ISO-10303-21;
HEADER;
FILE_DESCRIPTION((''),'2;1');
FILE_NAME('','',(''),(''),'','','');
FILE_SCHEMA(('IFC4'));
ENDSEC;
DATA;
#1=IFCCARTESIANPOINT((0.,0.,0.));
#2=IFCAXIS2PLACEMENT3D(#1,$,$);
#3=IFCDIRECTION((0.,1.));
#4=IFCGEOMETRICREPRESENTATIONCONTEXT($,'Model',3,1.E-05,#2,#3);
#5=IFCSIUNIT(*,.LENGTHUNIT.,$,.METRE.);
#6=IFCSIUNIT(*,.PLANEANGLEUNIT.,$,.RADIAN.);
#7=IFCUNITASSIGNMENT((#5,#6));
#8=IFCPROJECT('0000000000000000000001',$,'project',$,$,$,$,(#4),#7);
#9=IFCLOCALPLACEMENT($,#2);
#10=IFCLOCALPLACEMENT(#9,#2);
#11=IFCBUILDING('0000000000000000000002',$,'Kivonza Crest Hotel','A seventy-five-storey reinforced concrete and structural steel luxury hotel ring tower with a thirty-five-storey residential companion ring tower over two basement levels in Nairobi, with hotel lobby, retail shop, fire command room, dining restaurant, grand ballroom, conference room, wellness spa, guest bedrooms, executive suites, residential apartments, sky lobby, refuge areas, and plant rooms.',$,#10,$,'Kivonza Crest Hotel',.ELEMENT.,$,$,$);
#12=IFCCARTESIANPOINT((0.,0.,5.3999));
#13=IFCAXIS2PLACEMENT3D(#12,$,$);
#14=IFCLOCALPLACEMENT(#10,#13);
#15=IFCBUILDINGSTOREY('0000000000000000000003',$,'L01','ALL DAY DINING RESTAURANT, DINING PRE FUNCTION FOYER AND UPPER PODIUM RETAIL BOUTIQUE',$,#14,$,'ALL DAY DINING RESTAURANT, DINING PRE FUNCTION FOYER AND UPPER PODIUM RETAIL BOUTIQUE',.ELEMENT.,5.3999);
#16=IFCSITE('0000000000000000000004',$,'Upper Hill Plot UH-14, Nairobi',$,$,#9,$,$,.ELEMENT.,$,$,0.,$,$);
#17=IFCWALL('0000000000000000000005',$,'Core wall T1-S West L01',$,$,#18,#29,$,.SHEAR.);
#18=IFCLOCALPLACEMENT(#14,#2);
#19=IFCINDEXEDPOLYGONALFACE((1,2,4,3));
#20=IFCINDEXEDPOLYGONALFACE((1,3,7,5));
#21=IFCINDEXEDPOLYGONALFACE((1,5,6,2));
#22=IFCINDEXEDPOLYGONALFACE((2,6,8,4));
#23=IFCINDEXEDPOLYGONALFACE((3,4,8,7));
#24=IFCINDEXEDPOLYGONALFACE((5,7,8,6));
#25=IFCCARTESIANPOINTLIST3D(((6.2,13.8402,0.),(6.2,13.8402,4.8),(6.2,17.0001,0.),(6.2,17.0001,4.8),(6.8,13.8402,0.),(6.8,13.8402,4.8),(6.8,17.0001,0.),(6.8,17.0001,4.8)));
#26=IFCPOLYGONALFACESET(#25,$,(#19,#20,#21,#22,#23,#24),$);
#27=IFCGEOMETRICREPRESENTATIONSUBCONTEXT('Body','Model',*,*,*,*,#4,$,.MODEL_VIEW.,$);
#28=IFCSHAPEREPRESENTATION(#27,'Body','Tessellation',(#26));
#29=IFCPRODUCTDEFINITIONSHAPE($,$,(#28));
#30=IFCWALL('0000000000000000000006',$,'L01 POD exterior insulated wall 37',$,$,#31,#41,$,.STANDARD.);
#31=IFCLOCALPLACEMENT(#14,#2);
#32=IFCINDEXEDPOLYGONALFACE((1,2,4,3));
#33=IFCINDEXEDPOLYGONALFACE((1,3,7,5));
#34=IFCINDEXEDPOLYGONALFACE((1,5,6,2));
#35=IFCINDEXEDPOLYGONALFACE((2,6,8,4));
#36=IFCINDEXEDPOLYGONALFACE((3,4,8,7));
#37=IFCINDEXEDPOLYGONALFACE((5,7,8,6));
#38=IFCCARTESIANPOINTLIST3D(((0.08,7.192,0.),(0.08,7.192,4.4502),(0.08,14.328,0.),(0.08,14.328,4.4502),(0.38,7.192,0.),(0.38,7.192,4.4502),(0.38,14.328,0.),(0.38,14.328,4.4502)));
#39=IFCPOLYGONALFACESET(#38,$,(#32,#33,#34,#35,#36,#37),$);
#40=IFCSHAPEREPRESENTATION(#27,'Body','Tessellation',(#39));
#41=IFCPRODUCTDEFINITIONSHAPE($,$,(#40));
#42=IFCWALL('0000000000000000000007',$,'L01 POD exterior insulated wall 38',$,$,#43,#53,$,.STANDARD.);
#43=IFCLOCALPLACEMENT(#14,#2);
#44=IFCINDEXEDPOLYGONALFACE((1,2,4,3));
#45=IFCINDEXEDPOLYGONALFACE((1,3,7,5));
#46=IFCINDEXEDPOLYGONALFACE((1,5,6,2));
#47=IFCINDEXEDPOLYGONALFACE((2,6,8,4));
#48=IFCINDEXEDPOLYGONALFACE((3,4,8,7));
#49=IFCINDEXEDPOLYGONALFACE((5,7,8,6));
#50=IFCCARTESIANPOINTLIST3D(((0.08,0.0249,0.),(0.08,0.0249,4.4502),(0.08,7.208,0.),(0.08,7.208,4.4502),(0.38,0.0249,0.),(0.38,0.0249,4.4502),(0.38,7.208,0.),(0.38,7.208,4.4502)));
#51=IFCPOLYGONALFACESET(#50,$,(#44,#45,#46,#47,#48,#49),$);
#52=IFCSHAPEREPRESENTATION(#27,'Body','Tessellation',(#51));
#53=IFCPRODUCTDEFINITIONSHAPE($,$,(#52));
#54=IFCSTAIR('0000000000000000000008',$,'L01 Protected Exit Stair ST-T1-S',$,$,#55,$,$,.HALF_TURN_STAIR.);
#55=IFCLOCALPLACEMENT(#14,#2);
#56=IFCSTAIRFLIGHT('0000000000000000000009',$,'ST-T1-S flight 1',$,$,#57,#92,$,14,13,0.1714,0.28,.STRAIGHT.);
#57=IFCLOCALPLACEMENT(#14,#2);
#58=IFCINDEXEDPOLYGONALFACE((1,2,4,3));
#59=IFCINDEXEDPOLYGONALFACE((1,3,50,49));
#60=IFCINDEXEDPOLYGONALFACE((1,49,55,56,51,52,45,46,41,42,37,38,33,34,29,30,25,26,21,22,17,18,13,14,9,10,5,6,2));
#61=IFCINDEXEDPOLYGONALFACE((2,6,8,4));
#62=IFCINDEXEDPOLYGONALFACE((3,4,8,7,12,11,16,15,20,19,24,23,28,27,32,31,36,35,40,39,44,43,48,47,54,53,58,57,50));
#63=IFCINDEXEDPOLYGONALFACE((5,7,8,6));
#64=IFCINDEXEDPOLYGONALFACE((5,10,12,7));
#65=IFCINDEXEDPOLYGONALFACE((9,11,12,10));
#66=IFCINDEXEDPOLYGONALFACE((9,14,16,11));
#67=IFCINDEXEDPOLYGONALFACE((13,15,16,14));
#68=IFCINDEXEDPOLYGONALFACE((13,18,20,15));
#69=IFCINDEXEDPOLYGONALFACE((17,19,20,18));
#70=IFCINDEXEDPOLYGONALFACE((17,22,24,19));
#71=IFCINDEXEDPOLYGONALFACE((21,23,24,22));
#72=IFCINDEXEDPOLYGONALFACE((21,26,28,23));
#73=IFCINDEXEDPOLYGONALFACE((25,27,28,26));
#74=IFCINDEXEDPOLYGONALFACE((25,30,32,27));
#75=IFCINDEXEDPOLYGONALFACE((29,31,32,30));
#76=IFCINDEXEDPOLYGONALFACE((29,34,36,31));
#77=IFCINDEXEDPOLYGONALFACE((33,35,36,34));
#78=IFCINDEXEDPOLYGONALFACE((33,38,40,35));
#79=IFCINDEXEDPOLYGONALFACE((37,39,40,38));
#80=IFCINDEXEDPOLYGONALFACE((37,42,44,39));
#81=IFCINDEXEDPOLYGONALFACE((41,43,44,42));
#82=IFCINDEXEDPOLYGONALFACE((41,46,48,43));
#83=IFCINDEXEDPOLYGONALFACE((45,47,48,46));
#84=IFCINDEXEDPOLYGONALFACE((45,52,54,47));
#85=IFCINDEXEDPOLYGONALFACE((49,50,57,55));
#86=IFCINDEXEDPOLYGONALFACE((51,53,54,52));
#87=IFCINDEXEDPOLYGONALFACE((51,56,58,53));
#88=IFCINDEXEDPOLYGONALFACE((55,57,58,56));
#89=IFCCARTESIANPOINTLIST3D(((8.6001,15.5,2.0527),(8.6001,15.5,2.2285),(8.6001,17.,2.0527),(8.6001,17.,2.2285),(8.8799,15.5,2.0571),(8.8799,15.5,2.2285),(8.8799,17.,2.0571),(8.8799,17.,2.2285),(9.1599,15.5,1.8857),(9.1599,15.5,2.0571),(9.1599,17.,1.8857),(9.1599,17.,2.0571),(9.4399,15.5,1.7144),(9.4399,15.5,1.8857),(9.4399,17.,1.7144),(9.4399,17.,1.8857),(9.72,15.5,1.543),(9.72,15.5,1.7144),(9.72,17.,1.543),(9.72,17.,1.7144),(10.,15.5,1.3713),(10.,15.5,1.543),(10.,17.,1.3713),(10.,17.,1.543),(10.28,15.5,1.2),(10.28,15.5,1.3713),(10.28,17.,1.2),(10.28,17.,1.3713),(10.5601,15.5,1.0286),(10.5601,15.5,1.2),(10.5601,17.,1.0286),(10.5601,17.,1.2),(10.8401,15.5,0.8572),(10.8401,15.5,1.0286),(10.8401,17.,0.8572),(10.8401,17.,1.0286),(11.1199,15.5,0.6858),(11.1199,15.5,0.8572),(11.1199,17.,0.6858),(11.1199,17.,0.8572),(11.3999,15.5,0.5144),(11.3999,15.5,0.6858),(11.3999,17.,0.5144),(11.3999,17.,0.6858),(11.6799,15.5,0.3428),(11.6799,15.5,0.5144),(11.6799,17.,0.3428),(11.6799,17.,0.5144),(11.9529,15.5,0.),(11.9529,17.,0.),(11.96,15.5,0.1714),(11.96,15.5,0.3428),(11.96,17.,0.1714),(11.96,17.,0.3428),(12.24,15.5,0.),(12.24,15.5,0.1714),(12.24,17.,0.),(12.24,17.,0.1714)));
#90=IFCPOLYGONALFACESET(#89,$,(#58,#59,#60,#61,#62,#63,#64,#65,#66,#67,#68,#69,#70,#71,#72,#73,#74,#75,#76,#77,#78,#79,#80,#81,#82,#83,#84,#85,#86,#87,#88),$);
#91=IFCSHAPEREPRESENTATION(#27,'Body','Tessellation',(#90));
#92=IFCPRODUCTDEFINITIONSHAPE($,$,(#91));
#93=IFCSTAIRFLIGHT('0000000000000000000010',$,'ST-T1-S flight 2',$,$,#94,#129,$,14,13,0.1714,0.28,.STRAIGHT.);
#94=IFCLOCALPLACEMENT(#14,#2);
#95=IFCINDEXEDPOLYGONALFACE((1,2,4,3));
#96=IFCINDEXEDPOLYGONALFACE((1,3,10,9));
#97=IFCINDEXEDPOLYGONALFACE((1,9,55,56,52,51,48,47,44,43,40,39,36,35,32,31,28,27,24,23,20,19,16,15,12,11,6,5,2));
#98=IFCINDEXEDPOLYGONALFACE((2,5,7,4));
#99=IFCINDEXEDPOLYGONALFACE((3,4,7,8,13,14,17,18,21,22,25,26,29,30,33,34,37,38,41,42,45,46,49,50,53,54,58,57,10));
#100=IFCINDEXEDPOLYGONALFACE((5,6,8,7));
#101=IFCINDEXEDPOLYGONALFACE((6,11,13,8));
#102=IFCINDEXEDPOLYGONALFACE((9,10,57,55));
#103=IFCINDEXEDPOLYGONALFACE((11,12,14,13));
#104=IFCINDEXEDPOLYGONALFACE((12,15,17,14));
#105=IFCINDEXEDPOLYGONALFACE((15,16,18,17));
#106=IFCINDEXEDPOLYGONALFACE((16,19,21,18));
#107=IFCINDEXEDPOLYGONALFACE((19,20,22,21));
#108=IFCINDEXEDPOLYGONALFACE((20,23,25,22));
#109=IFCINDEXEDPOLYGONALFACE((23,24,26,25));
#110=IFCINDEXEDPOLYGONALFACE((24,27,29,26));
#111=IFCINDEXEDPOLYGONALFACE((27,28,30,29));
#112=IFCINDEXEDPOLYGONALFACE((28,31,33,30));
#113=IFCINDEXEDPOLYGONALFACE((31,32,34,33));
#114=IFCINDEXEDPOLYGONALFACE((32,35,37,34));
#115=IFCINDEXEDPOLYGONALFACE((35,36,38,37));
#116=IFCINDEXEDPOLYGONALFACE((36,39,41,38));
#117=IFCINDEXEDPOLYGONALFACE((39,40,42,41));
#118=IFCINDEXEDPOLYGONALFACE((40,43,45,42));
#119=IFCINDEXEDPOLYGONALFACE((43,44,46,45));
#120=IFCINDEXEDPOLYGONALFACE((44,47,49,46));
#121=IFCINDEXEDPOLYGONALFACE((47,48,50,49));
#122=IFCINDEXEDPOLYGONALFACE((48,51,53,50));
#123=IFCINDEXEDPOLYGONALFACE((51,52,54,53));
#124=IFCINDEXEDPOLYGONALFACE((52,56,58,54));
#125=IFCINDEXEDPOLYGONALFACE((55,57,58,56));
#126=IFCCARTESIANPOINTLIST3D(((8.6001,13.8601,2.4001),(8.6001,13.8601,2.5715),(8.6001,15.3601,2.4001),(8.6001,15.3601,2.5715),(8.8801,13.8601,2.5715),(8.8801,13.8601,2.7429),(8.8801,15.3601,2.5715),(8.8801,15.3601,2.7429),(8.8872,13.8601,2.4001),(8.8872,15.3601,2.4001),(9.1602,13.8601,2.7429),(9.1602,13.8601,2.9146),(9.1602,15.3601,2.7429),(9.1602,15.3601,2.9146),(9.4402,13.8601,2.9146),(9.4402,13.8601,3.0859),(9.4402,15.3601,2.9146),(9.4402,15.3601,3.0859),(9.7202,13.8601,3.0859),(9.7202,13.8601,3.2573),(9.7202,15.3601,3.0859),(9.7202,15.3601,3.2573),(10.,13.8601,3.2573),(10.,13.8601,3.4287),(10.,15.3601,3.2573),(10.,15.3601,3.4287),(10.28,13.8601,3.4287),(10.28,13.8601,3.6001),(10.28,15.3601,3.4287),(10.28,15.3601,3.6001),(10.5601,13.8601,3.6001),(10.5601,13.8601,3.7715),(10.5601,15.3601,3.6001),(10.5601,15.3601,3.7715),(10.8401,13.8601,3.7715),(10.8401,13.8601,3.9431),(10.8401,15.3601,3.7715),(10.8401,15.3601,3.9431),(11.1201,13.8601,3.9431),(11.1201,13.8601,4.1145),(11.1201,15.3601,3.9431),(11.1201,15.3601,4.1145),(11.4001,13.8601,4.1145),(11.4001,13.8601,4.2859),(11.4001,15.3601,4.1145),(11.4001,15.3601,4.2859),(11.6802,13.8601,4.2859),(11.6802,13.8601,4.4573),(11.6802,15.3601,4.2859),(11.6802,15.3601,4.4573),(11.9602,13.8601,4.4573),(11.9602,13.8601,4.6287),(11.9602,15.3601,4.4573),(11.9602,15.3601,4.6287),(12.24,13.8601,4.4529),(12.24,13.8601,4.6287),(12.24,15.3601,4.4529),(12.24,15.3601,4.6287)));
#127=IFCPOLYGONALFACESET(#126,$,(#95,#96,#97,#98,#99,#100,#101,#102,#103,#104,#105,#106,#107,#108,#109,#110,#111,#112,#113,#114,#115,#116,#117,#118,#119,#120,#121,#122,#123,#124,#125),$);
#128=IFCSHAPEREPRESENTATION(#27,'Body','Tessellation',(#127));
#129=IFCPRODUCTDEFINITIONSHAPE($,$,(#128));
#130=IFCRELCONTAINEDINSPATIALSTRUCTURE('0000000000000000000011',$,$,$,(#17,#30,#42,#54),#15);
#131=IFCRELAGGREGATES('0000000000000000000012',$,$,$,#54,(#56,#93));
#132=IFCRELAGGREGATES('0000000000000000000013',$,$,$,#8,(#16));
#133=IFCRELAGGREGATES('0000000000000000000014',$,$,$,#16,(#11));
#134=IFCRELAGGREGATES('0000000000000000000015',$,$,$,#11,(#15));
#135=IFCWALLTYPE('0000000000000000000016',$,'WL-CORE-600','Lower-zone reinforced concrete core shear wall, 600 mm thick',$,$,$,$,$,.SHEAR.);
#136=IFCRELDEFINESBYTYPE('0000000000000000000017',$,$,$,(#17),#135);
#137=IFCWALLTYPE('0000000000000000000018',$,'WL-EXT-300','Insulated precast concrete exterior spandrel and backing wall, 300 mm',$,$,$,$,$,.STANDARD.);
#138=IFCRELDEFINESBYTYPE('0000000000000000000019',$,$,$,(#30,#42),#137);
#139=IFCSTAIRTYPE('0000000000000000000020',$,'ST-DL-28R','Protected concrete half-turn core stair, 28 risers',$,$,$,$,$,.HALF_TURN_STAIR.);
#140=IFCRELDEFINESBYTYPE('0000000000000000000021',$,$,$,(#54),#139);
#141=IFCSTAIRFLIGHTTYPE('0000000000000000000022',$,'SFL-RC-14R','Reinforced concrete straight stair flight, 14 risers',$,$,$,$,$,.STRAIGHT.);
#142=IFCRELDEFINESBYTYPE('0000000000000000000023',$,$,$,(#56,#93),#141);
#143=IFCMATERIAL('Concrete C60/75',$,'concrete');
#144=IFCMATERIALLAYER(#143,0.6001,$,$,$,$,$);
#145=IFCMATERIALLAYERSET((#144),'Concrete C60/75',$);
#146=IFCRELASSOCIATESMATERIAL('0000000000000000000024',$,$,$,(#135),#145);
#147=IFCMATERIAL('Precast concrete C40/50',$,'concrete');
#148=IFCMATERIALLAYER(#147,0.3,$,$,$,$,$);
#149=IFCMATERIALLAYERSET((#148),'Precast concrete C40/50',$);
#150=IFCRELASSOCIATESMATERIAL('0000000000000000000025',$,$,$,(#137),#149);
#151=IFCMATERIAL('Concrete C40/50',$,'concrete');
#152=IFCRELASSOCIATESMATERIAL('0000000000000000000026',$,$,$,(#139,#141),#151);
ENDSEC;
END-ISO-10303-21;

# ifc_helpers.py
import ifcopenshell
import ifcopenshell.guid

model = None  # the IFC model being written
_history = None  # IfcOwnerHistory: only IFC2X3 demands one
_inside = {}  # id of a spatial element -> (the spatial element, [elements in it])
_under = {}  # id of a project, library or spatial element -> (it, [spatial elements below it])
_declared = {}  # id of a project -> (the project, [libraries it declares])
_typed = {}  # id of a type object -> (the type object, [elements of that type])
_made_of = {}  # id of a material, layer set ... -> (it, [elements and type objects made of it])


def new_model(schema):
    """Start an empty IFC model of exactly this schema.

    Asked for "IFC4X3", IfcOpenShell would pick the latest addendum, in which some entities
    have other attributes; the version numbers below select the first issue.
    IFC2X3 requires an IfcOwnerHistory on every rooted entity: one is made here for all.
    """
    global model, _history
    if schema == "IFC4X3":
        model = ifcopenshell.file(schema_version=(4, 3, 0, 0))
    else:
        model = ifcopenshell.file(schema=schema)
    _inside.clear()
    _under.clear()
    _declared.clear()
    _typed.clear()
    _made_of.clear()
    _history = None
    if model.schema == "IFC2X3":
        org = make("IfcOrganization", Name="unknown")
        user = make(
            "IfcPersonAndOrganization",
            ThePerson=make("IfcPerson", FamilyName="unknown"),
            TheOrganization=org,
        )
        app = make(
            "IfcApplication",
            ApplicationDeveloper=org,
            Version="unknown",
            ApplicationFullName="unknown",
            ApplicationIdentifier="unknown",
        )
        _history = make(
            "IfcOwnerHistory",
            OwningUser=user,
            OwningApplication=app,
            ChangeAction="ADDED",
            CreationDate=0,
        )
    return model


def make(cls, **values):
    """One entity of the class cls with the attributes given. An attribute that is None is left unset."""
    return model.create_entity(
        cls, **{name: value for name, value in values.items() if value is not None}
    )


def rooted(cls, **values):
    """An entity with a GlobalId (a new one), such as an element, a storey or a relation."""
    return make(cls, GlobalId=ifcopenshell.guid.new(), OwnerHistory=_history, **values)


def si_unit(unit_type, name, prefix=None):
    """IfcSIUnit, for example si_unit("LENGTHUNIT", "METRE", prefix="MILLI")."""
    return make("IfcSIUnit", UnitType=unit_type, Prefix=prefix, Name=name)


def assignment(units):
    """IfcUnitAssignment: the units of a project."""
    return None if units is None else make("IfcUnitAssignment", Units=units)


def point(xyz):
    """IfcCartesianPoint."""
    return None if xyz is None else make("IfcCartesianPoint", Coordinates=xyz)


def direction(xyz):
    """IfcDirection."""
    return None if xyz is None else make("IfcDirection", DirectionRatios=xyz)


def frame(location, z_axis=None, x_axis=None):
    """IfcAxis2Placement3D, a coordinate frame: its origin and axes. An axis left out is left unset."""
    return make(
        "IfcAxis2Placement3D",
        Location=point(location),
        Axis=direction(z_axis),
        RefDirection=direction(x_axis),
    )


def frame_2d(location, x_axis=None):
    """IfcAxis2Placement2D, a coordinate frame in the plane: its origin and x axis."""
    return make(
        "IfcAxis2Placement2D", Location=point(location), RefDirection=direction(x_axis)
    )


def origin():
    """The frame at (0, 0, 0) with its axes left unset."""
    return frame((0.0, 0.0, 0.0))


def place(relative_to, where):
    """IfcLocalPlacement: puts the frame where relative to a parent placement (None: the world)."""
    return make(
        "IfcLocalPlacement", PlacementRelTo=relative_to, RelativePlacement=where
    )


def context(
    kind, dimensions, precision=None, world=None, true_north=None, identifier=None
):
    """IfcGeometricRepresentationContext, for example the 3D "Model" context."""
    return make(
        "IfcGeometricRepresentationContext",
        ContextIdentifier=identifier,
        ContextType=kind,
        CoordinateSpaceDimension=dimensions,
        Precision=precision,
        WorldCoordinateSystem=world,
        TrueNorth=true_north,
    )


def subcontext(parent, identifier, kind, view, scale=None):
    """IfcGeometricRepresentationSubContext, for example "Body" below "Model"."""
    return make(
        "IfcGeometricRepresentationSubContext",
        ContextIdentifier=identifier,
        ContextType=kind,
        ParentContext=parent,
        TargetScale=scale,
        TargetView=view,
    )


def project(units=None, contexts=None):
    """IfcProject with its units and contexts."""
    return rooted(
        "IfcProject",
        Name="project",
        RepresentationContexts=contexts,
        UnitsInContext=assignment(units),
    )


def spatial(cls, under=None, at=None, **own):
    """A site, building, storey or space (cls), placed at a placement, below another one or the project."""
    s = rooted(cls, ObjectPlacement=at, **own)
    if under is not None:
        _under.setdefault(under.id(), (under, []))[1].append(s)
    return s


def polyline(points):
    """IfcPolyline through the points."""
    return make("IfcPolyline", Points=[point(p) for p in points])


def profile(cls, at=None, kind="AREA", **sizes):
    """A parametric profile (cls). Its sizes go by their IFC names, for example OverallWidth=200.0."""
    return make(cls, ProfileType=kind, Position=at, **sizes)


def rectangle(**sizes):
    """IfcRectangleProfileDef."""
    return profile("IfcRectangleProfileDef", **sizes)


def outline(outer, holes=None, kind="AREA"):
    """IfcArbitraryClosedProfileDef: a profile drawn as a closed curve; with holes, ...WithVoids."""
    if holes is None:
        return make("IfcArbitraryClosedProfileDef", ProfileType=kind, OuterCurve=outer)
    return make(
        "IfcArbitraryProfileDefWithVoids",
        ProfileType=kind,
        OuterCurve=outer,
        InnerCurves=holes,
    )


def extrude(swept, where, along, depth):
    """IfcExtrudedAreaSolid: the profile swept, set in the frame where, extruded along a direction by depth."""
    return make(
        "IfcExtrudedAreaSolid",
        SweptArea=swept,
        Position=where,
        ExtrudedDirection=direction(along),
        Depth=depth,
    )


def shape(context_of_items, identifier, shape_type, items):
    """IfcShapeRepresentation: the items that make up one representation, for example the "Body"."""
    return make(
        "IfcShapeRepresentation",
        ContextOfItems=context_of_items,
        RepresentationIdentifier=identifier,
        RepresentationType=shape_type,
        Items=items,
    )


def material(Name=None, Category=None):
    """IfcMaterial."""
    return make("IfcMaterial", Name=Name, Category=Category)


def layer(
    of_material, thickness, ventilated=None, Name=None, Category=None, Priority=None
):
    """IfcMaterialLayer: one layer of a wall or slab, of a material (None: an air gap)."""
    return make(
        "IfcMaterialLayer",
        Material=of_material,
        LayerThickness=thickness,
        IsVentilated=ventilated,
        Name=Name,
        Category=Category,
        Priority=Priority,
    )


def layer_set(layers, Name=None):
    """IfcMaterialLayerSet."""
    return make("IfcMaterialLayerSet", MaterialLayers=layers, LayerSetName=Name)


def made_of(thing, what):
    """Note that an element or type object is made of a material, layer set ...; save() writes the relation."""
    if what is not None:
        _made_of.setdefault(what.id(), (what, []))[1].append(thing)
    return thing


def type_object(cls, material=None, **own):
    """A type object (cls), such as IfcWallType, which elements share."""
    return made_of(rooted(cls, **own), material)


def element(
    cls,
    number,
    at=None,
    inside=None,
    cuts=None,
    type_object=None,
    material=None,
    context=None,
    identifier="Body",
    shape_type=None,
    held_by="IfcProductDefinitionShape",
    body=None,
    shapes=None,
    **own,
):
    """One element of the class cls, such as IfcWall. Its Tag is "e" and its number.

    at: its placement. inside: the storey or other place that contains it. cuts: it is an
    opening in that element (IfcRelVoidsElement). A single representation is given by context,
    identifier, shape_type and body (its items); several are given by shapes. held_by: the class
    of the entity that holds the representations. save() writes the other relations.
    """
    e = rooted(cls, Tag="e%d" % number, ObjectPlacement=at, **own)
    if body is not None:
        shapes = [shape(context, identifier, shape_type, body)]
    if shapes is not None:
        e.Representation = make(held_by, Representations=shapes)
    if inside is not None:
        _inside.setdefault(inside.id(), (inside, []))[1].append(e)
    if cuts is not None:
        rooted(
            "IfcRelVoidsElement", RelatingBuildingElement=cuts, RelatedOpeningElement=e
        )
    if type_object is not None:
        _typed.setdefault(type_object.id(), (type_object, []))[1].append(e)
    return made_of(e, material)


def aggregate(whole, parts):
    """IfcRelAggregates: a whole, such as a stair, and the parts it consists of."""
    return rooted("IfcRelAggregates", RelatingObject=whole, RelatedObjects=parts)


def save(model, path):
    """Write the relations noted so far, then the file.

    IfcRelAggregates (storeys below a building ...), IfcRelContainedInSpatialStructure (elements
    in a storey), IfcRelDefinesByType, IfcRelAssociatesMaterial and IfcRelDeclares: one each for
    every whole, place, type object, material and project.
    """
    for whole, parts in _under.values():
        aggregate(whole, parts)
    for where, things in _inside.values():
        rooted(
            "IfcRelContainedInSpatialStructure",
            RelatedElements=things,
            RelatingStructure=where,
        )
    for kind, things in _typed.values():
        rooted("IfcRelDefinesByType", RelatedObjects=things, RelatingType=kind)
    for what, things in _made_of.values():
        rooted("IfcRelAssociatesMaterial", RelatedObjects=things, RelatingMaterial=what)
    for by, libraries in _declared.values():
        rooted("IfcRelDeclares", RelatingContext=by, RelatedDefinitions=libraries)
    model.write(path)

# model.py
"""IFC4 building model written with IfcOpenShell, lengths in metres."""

from ifc_helpers import new_model, si_unit, direction, frame, frame_2d, origin, place, context, subcontext, project, spatial, polyline, rectangle, outline, extrude, material, layer, layer_set, type_object, element, aggregate, save


model = new_model("IFC4")

# Units and contexts
model_context = context("Model", 3, precision=1e-05, world=origin(), true_north=direction((0.0, 1.0)))
body_context = subcontext(model_context, "Body", "Model", "MODEL_VIEW")
ifc_project = project(units=[si_unit("LENGTHUNIT", "METRE"), si_unit("PLANEANGLEUNIT", "RADIAN")], contexts=[model_context])

# Site, building, storey
site_placement = place(None, origin())
site = spatial("IfcSite", under=ifc_project, at=site_placement, Name="Upper Hill Plot UH-14, Nairobi", CompositionType="ELEMENT", RefElevation=0.0)
building_placement = place(site_placement, origin())
building = spatial("IfcBuilding", under=site, at=building_placement, Name="Kivonza Crest Hotel", Description="A seventy-five-storey reinforced concrete and structural steel luxury hotel ring tower with a thirty-five-storey residential companion ring tower over two basement levels in Nairobi, with hotel lobby, retail shop, fire command room, dining restaurant, grand ballroom, conference room, wellness spa, guest bedrooms, executive suites, residential apartments, sky lobby, refuge areas, and plant rooms.", LongName="Kivonza Crest Hotel", CompositionType="ELEMENT")
storey_placement = place(building_placement, frame((0.0, 0.0, 5.3999)))
storey = spatial("IfcBuildingStorey", under=building, at=storey_placement, Name="L01", Description="ALL DAY DINING RESTAURANT, DINING PRE FUNCTION FOYER AND UPPER PODIUM RETAIL BOUTIQUE", LongName="ALL DAY DINING RESTAURANT, DINING PRE FUNCTION FOYER AND UPPER PODIUM RETAIL BOUTIQUE", CompositionType="ELEMENT", Elevation=5.3999)

# Shared definitions
ifc_material_1 = material(Name="Concrete C60/75", Category="concrete")

# Shared definitions
ifc_layer_1 = layer(ifc_material_1, 0.6001)
ifc_layer_set_1 = layer_set([ifc_layer_1], Name="Concrete C60/75")
wall_type_1 = type_object("IfcWallType", Name="WL-CORE-600", Description="Lower-zone reinforced concrete core shear wall, 600 mm thick", PredefinedType="SHEAR", material=ifc_layer_set_1)

# Walls
wall_1_placement = place(storey_placement, frame((6.5, 13.8401, 0.0), z_axis=(0.0, 0.0, 1.0), x_axis=(0.0, 1.0, 0.0)))
element("IfcWall", 1, at=wall_1_placement, inside=storey, type_object=wall_type_1, Name="Core wall T1-S West L01", PredefinedType="SHEAR", context=body_context, shape_type="SweptSolid", body=[
    extrude(rectangle(XDim=3.1599, YDim=0.6001, at=frame_2d((1.5801, 0.0))), origin(), (0.0, 0.0, 1.0), 4.8),
])
ifc_material_2 = material(Name="Precast concrete C40/50", Category="concrete")
ifc_layer_2 = layer(ifc_material_2, 0.3)
ifc_layer_set_2 = layer_set([ifc_layer_2], Name="Precast concrete C40/50")
wall_type_2 = type_object("IfcWallType", Name="WL-EXT-300", Description="Insulated precast concrete exterior spandrel and backing wall, 300 mm", PredefinedType="STANDARD", material=ifc_layer_set_2)
wall_2_placement = place(storey_placement, frame((0.23, 14.3279, 0.0), z_axis=(0.0, 0.0, 1.0), x_axis=(0.0, -1.0, 0.0)))
element("IfcWall", 2, at=wall_2_placement, inside=storey, type_object=wall_type_2, Name="L01 POD exterior insulated wall 37", PredefinedType="STANDARD", context=body_context, shape_type="SweptSolid", body=[
    extrude(rectangle(XDim=7.136, YDim=0.3, at=frame_2d((3.5679, 0.0))), origin(), (0.0, 0.0, 1.0), 4.4502),
])
wall_3_placement = place(storey_placement, frame((0.23, 7.208, 0.0), z_axis=(0.0, 0.0, 1.0), x_axis=(0.0, -1.0, 0.0)))
element("IfcWall", 3, at=wall_3_placement, inside=storey, type_object=wall_type_2, Name="L01 POD exterior insulated wall 38", PredefinedType="STANDARD", context=body_context, shape_type="SweptSolid", body=[
    extrude(rectangle(XDim=7.1831, YDim=0.3, at=frame_2d((3.5916, 0.0))), origin(), (0.0, 0.0, 1.0), 4.4502),
])

# Stair, stair flights
ifc_material_3 = material(Name="Concrete C40/50", Category="concrete")
stair_type = type_object("IfcStairType", Name="ST-DL-28R", Description="Protected concrete half-turn core stair, 28 risers", PredefinedType="HALF_TURN_STAIR", material=ifc_material_3)
stair_placement = place(storey_placement, origin())
stair = element("IfcStair", 4, at=stair_placement, inside=storey, type_object=stair_type, Name="L01 Protected Exit Stair ST-T1-S", PredefinedType="HALF_TURN_STAIR")
stair_flight_type = type_object("IfcStairFlightType", Name="SFL-RC-14R", Description="Reinforced concrete straight stair flight, 14 risers", PredefinedType="STRAIGHT", material=ifc_material_3)
stair_flight_1_placement = place(storey_placement, frame((12.24, 16.25, 0.0), z_axis=(0.0, 0.0, 1.0), x_axis=(-1.0, 0.0, 0.0)))
stair_flight_1 = element("IfcStairFlight", 5, at=stair_flight_1_placement, type_object=stair_flight_type, Name="ST-T1-S flight 1", NumberOfRisers=14, NumberOfTreads=13, PredefinedType="STRAIGHT", RiserHeight=0.1714, TreadLength=0.28, context=body_context, shape_type="SweptSolid", body=[
    extrude(outline(polyline([(0.0, 0.0), (0.0, 0.1714), (0.28, 0.1714), (0.28, 0.3428), (0.5601, 0.3428), (0.5601, 0.5144), (0.8401, 0.5144), (0.8401, 0.6858), (1.1201, 0.6858), (1.1201, 0.8572), (1.3999, 0.8572), (1.3999, 1.0286), (1.6799, 1.0286), (1.6799, 1.2), (1.96, 1.2), (1.96, 1.3713), (2.24, 1.3713), (2.24, 1.543), (2.52, 1.543), (2.52, 1.7144), (2.8, 1.7144), (2.8, 1.8857), (3.0801, 1.8857), (3.0801, 2.0571), (3.3601, 2.0571), (3.3601, 2.2285), (3.6399, 2.2285), (3.6399, 2.3999), (3.6399, 2.0527), (0.2871, 0.0), (0.0, 0.0)])), frame((0.0, 0.75, 0.0), z_axis=(0.0, -1.0, 0.0), x_axis=(1.0, 0.0, 0.0)), (0.0, 0.0, 1.0), 1.5),
])
stair_flight_2_placement = place(storey_placement, frame((8.6001, 14.6101, 2.4001), z_axis=(0.0, 0.0, 1.0), x_axis=(1.0, 0.0, 0.0)))
stair_flight_2 = element("IfcStairFlight", 6, at=stair_flight_2_placement, type_object=stair_flight_type, Name="ST-T1-S flight 2", NumberOfRisers=14, NumberOfTreads=13, PredefinedType="STRAIGHT", RiserHeight=0.1714, TreadLength=0.28, context=body_context, shape_type="SweptSolid", body=[
    extrude(outline(polyline([(0.0, 0.0), (0.0, 0.1714), (0.28, 0.1714), (0.28, 0.3428), (0.5601, 0.3428), (0.5601, 0.5144), (0.8401, 0.5144), (0.8401, 0.6858), (1.1201, 0.6858), (1.1201, 0.8572), (1.3999, 0.8572), (1.3999, 1.0286), (1.6799, 1.0286), (1.6799, 1.2), (1.96, 1.2), (1.96, 1.3713), (2.24, 1.3713), (2.24, 1.543), (2.52, 1.543), (2.52, 1.7144), (2.8, 1.7144), (2.8, 1.8857), (3.0801, 1.8857), (3.0801, 2.0571), (3.3601, 2.0571), (3.3601, 2.2285), (3.6399, 2.2285), (3.6399, 2.3999), (3.6399, 2.0527), (0.2871, 0.0), (0.0, 0.0)])), frame((0.0, 0.75, 0.0), z_axis=(0.0, -1.0, 0.0), x_axis=(1.0, 0.0, 0.0)), (0.0, 0.0, 1.0), 1.5),
])
aggregate(stair, [stair_flight_1, stair_flight_2])

save(model, "model.ifc")
